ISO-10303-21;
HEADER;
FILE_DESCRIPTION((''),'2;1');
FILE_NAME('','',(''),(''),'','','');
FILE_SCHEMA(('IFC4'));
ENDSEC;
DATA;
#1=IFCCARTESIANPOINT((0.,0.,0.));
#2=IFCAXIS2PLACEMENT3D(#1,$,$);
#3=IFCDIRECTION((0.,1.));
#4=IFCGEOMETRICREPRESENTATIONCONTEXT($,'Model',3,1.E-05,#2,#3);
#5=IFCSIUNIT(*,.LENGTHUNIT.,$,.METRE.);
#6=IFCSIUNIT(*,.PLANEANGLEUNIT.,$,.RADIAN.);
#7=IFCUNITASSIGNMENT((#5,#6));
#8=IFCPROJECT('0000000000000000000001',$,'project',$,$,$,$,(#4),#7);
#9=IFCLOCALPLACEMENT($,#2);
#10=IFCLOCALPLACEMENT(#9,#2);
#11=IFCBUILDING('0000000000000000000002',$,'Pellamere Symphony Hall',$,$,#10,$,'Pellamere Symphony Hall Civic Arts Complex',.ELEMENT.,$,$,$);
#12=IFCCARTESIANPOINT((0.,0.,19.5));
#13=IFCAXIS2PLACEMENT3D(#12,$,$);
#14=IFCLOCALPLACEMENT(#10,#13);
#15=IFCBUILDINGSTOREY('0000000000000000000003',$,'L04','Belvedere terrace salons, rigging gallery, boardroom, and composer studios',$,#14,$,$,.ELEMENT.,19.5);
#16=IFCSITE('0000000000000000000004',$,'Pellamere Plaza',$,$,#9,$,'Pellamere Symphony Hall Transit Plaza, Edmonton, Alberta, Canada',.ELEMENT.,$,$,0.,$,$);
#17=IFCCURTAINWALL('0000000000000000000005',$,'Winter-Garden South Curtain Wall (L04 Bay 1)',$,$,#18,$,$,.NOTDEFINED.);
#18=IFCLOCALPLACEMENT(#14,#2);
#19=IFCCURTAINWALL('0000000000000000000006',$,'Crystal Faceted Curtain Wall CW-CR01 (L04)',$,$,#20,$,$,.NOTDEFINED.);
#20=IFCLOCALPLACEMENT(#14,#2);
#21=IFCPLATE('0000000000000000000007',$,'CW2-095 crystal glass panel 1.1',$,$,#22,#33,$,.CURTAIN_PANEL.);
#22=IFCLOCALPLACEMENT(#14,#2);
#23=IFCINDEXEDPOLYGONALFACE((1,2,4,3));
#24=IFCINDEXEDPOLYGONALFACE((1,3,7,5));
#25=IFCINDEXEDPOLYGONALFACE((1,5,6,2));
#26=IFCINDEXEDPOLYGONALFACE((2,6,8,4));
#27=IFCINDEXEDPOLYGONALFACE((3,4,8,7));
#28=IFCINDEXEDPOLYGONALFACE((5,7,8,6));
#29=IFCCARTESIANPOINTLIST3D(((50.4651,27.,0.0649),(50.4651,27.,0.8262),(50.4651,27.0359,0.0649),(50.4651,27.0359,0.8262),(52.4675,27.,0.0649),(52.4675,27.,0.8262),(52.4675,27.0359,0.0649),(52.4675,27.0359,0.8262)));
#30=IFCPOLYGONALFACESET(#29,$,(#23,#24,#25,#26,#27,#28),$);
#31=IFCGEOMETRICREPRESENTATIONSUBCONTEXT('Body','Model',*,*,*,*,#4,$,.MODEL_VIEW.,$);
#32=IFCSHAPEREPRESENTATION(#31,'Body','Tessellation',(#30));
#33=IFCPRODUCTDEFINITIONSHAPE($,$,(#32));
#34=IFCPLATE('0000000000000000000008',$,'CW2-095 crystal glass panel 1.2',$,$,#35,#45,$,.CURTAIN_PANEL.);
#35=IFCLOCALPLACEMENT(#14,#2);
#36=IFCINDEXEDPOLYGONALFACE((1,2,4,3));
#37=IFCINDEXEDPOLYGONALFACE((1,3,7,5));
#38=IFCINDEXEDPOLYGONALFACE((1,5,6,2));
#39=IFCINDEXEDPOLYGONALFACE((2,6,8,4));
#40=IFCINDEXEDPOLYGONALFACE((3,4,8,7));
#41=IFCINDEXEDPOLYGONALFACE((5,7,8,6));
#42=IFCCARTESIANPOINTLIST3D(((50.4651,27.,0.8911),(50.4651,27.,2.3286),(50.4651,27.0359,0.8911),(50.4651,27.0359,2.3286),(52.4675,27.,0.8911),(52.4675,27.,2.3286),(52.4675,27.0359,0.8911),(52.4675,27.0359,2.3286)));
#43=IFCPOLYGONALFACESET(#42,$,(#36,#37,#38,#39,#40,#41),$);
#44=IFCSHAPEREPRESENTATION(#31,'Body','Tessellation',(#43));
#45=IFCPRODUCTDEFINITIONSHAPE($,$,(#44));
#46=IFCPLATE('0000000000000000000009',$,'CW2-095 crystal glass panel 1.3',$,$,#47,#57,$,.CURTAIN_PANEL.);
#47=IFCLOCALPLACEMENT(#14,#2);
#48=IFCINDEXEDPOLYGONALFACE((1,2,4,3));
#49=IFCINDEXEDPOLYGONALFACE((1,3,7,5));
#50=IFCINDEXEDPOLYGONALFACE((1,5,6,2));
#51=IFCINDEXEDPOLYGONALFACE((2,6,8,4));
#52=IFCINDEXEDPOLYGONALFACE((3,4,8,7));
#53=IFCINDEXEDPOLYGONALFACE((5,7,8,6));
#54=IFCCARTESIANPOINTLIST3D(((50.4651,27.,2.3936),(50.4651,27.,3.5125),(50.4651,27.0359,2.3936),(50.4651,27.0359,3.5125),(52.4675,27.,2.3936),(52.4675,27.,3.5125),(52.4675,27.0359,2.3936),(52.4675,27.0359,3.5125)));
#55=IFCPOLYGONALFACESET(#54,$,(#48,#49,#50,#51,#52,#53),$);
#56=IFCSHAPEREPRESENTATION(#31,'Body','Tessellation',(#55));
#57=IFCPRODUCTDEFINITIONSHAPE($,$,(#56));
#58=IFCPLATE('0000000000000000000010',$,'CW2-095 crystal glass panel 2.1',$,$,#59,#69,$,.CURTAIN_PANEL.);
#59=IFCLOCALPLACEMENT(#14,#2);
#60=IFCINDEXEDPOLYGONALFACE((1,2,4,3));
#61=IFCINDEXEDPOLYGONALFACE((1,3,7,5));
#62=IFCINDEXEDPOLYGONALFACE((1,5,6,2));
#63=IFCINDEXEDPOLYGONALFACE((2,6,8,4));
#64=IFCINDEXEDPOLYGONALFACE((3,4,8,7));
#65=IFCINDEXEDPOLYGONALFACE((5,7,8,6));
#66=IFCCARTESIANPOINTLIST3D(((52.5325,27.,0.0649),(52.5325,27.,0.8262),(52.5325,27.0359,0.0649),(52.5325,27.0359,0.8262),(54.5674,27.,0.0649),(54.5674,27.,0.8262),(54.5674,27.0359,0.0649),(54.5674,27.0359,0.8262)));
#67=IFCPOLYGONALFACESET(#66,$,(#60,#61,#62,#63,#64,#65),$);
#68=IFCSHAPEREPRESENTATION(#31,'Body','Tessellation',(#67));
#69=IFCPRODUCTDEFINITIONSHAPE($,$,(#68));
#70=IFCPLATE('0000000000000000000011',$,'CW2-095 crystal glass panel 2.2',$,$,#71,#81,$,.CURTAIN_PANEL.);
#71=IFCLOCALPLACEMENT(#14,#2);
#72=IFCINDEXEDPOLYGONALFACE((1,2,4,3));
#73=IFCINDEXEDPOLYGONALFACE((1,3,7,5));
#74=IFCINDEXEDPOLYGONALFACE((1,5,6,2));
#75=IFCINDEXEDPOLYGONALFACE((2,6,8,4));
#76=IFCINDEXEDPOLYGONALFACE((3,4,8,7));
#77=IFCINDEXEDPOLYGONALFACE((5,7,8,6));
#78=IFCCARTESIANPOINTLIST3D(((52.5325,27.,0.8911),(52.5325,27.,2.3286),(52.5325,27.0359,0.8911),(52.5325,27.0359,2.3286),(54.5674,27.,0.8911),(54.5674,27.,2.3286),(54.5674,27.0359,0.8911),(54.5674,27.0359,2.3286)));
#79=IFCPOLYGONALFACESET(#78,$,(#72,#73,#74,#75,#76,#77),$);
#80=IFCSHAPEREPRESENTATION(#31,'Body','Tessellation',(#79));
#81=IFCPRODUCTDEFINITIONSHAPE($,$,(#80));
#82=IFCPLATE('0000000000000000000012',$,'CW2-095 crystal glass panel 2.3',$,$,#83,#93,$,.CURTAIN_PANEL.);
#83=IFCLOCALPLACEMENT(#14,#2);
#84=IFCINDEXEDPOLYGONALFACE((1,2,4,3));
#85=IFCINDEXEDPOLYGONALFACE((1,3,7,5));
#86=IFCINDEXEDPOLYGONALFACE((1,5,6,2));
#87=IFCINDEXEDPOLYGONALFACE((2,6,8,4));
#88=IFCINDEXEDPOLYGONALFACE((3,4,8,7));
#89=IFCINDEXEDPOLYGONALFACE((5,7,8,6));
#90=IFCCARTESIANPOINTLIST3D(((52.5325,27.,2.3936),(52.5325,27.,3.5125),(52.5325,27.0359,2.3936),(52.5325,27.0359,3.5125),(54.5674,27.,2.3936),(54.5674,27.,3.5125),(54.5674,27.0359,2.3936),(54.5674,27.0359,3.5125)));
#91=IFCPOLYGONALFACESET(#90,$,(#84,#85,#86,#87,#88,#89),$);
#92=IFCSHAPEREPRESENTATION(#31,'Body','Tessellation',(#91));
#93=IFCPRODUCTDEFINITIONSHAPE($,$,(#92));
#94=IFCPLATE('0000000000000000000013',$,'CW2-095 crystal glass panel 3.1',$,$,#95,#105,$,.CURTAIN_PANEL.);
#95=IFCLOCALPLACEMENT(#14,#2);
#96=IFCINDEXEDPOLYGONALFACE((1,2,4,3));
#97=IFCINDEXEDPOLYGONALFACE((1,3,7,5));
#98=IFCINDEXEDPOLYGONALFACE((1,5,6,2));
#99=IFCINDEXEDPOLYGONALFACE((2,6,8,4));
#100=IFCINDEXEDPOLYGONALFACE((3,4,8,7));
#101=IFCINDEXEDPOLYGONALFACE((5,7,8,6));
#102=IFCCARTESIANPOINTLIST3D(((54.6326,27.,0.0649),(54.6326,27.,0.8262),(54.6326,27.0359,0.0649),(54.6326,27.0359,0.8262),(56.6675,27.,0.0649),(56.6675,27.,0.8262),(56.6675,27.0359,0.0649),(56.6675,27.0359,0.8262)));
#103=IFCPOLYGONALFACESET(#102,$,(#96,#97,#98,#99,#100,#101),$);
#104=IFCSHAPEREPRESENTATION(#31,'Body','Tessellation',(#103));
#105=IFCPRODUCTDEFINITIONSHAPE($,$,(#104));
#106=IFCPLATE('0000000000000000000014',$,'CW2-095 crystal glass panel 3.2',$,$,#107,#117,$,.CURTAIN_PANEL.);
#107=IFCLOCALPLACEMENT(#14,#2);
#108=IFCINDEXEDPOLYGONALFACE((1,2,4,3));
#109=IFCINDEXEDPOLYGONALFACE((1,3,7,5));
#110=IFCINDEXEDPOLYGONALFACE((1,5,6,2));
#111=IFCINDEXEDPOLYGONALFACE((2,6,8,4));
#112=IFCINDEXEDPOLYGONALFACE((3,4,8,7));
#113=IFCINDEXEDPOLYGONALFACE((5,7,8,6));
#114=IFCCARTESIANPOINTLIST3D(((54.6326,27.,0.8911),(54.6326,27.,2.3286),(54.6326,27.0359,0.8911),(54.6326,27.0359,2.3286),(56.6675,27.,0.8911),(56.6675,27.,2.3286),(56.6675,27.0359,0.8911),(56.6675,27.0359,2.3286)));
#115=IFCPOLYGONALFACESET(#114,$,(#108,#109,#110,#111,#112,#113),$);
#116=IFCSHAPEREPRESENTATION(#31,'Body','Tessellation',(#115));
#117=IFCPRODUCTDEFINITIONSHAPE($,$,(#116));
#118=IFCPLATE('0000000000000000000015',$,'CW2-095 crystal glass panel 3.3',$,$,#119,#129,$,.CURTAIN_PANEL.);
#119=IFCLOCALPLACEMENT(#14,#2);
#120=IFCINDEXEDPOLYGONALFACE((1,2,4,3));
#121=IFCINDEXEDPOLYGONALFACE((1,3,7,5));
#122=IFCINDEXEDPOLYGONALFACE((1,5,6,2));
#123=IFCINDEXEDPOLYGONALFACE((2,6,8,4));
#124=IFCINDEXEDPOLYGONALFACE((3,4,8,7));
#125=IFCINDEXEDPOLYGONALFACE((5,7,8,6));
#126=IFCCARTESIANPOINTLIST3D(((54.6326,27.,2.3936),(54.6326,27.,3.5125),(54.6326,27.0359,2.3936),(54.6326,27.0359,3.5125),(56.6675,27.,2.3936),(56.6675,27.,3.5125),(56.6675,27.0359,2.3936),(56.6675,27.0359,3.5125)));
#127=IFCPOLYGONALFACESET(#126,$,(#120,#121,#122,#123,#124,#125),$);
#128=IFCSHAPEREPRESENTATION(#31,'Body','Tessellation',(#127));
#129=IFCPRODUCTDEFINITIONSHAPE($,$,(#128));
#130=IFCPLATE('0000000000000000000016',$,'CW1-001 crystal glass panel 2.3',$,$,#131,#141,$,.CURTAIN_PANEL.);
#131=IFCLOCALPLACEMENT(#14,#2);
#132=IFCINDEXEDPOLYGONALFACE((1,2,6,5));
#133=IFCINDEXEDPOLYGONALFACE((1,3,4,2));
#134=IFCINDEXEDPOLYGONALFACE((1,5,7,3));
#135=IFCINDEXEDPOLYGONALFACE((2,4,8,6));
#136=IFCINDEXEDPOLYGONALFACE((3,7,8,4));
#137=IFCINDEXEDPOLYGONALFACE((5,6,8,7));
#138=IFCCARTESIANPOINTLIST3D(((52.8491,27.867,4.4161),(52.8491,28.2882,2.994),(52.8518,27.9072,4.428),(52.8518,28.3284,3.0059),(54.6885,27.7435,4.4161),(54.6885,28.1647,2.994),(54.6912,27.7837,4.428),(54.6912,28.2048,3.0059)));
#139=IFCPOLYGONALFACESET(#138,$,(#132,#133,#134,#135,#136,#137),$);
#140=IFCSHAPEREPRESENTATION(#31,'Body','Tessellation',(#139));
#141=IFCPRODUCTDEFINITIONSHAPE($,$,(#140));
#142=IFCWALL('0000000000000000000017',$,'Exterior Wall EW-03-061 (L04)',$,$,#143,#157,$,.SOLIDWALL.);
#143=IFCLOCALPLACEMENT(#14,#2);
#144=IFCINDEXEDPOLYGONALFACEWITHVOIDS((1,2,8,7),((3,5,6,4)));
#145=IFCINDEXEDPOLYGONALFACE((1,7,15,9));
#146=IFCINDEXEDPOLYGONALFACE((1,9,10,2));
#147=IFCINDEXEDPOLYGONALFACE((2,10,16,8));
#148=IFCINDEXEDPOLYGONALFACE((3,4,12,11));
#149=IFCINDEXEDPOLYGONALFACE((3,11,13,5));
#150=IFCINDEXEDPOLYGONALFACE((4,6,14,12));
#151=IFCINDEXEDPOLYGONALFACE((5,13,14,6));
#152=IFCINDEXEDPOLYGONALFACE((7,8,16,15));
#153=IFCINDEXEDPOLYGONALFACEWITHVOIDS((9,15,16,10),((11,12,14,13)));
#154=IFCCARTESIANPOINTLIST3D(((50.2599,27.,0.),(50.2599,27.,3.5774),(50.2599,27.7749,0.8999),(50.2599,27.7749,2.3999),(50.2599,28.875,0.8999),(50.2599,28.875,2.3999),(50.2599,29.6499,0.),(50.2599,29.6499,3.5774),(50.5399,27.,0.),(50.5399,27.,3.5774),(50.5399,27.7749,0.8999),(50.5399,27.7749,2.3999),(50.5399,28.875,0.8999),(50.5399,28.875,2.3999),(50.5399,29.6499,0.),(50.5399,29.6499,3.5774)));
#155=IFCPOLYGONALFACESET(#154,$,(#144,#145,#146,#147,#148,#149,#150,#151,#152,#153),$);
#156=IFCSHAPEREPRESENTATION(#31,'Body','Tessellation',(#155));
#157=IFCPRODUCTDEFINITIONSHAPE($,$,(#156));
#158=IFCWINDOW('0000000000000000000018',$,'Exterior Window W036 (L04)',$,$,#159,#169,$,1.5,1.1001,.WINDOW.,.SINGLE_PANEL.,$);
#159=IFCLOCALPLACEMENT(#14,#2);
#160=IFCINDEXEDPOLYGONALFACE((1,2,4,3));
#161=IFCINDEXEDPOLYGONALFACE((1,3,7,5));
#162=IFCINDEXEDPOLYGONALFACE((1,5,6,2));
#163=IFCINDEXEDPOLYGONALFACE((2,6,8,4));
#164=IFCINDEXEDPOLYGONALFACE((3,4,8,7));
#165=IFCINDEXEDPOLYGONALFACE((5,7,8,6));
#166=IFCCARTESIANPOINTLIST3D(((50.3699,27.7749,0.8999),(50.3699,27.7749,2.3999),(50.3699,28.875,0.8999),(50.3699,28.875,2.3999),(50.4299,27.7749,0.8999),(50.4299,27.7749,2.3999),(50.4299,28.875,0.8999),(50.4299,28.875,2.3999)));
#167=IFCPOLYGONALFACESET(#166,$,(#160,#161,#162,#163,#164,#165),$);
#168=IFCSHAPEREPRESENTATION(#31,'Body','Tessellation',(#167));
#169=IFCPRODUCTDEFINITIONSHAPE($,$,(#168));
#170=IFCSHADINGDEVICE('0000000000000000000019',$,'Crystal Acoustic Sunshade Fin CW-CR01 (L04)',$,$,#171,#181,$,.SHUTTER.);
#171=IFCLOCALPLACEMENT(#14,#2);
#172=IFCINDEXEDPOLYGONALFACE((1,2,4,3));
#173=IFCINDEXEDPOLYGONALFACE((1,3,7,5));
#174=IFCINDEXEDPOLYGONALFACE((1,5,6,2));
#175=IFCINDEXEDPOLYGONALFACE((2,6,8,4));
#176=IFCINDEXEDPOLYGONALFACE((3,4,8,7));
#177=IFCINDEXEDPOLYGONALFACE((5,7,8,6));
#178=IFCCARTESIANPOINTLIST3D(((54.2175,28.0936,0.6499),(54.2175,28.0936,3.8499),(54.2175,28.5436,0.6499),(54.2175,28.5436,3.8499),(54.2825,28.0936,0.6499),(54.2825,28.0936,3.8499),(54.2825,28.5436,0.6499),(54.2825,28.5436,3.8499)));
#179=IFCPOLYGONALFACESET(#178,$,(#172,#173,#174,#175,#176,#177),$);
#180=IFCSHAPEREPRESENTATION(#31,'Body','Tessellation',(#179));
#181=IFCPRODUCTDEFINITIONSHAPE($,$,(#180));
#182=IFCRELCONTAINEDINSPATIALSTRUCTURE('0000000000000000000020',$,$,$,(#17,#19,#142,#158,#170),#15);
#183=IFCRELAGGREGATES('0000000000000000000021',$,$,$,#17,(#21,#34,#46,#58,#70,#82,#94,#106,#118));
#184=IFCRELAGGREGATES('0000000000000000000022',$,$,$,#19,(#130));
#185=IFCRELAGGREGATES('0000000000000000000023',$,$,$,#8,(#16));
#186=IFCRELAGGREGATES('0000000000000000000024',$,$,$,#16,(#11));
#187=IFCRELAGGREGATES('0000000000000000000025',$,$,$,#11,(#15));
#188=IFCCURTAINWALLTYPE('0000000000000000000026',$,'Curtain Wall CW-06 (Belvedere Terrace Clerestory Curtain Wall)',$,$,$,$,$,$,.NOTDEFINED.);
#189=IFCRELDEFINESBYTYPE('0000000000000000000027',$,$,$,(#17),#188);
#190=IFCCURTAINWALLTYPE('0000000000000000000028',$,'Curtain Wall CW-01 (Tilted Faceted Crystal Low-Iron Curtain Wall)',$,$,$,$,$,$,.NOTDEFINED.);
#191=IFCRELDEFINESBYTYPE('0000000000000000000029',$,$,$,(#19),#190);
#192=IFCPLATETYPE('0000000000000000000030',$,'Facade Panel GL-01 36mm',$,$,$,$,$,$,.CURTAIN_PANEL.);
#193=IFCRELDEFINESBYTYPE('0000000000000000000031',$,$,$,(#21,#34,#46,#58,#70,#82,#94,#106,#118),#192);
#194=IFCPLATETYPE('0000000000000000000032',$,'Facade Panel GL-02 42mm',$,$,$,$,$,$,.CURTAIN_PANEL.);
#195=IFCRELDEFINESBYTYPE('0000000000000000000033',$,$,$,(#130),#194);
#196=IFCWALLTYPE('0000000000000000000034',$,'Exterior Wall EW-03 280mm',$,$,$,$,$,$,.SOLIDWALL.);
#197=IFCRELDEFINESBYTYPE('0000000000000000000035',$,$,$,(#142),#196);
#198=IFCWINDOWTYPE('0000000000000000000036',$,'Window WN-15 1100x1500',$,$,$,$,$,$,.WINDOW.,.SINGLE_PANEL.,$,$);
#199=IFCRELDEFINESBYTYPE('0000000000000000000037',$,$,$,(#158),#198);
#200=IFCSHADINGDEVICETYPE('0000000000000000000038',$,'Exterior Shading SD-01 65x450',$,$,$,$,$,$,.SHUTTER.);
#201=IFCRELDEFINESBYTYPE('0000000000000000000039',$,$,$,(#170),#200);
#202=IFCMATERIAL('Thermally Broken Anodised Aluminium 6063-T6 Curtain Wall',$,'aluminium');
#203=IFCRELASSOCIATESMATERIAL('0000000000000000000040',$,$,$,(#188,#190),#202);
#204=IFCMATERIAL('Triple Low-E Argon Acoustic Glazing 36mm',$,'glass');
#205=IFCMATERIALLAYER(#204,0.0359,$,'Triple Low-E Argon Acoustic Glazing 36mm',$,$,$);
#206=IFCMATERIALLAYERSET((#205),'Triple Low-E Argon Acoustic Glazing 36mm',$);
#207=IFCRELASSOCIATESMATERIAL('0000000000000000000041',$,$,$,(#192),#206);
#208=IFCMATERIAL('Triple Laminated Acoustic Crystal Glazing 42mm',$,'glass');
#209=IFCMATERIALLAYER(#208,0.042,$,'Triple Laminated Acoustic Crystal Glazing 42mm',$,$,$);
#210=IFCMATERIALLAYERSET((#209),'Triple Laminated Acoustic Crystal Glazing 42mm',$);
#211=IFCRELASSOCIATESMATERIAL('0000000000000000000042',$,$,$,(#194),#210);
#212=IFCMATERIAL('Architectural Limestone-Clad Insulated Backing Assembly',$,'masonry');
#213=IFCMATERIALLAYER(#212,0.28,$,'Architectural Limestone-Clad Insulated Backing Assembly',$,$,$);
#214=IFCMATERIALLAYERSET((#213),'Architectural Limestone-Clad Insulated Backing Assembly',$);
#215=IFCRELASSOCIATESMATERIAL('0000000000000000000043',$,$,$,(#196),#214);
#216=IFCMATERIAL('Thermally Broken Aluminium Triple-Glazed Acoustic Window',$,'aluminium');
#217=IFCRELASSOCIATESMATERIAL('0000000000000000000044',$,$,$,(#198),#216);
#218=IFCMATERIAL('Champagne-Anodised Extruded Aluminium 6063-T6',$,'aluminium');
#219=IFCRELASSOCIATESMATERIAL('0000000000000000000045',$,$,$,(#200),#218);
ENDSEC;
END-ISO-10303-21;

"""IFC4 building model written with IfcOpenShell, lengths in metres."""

from ifc_helpers import new_model, si_unit, direction, frame, frame_2d, origin, origin_2d, place, context, subcontext, project, spatial, polyline, rectangle, outline, extrude, material, layer, layer_set, type_object, element, fill, aggregate, save


model = new_model("IFC4")

# Units and contexts
model_context = context("Model", 3, precision=1e-05, world=origin(), true_north=direction((0.0, 1.0)))
body_context = subcontext(model_context, "Body", "Model", "MODEL_VIEW")
ifc_project = project(units=[si_unit("LENGTHUNIT", "METRE"), si_unit("PLANEANGLEUNIT", "RADIAN")], contexts=[model_context])

# Site, building, storey
site_placement = place(None, origin())
site = spatial("IfcSite", under=ifc_project, at=site_placement, Name="Pellamere Plaza", LongName="Pellamere Symphony Hall Transit Plaza, Edmonton, Alberta, Canada", CompositionType="ELEMENT", RefElevation=0.0)
building_placement = place(site_placement, origin())
building = spatial("IfcBuilding", under=site, at=building_placement, Name="Pellamere Symphony Hall", LongName="Pellamere Symphony Hall Civic Arts Complex", CompositionType="ELEMENT")
storey_placement = place(building_placement, frame((0.0, 0.0, 19.5)))
storey = spatial("IfcBuildingStorey", under=building, at=storey_placement, Name="L04", Description="Belvedere terrace salons, rigging gallery, boardroom, and composer studios", CompositionType="ELEMENT", Elevation=19.5)

# Curtain walls
ifc_material_1 = material(Name="Thermally Broken Anodised Aluminium 6063-T6 Curtain Wall", Category="aluminium")
curtain_wall_type_1 = type_object("IfcCurtainWallType", Name="Curtain Wall CW-06 (Belvedere Terrace Clerestory Curtain Wall)", PredefinedType="NOTDEFINED", material=ifc_material_1)
curtain_wall_1_placement = place(storey_placement, origin())
curtain_wall_1 = element("IfcCurtainWall", 1, at=curtain_wall_1_placement, inside=storey, type_object=curtain_wall_type_1, Name="Winter-Garden South Curtain Wall (L04 Bay 1)", PredefinedType="NOTDEFINED")
curtain_wall_type_2 = type_object("IfcCurtainWallType", Name="Curtain Wall CW-01 (Tilted Faceted Crystal Low-Iron Curtain Wall)", PredefinedType="NOTDEFINED", material=ifc_material_1)
curtain_wall_2_placement = place(storey_placement, origin())
curtain_wall_2 = element("IfcCurtainWall", 2, at=curtain_wall_2_placement, inside=storey, type_object=curtain_wall_type_2, Name="Crystal Faceted Curtain Wall CW-CR01 (L04)", PredefinedType="NOTDEFINED")

# Plates
ifc_material_2 = material(Name="Triple Low-E Argon Acoustic Glazing 36mm", Category="glass")
ifc_layer_1 = layer(ifc_material_2, 0.0359, Name="Triple Low-E Argon Acoustic Glazing 36mm")
ifc_layer_set_1 = layer_set([ifc_layer_1], Name="Triple Low-E Argon Acoustic Glazing 36mm")
plate_type_1 = type_object("IfcPlateType", Name="Facade Panel GL-01 36mm", PredefinedType="CURTAIN_PANEL", material=ifc_layer_set_1)
plate_1_placement = place(storey_placement, frame((50.4651, 27.0, 0.0649), z_axis=(0.0, -1.0, 0.0), x_axis=(1.0, 0.0, 0.0)))
plate_1 = element("IfcPlate", 3, at=plate_1_placement, type_object=plate_type_1, Name="CW2-095 crystal glass panel 1.1", PredefinedType="CURTAIN_PANEL", context=body_context, shape_type="SweptSolid", body=[
    extrude(outline(polyline([(0.0, 0.0), (2.0024, 0.0), (2.0024, 0.7612), (0.0, 0.7612), (0.0, 0.0)])), origin(), (0.0, 0.0, -1.0), 0.0359),
])
plate_2_placement = place(storey_placement, frame((50.4651, 27.0, 0.8911), z_axis=(0.0, -1.0, 0.0), x_axis=(1.0, 0.0, 0.0)))
plate_2 = element("IfcPlate", 4, at=plate_2_placement, type_object=plate_type_1, Name="CW2-095 crystal glass panel 1.2", PredefinedType="CURTAIN_PANEL", context=body_context, shape_type="SweptSolid", body=[
    extrude(outline(polyline([(0.0, 0.0), (2.0024, 0.0), (2.0024, 1.4375), (0.0, 1.4375), (0.0, 0.0)])), origin(), (0.0, 0.0, -1.0), 0.0359),
])
plate_3_placement = place(storey_placement, frame((50.4651, 27.0, 2.3936), z_axis=(0.0, -1.0, 0.0), x_axis=(1.0, 0.0, 0.0)))
plate_3 = element("IfcPlate", 5, at=plate_3_placement, type_object=plate_type_1, Name="CW2-095 crystal glass panel 1.3", PredefinedType="CURTAIN_PANEL", context=body_context, shape_type="SweptSolid", body=[
    extrude(outline(polyline([(0.0, 0.0), (2.0024, 0.0), (2.0024, 1.1189), (0.0, 1.1189), (0.0, 0.0)])), origin(), (0.0, 0.0, -1.0), 0.0359),
])
plate_4_placement = place(storey_placement, frame((52.5325, 27.0, 0.0649), z_axis=(0.0, -1.0, 0.0), x_axis=(1.0, 0.0, 0.0)))
plate_4 = element("IfcPlate", 6, at=plate_4_placement, type_object=plate_type_1, Name="CW2-095 crystal glass panel 2.1", PredefinedType="CURTAIN_PANEL", context=body_context, shape_type="SweptSolid", body=[
    extrude(outline(polyline([(0.0, 0.0), (2.0349, 0.0), (2.0349, 0.7612), (0.0, 0.7612), (0.0, 0.0)])), origin(), (0.0, 0.0, -1.0), 0.0359),
])
plate_5_placement = place(storey_placement, frame((52.5325, 27.0, 0.8911), z_axis=(0.0, -1.0, 0.0), x_axis=(1.0, 0.0, 0.0)))
plate_5 = element("IfcPlate", 7, at=plate_5_placement, type_object=plate_type_1, Name="CW2-095 crystal glass panel 2.2", PredefinedType="CURTAIN_PANEL", context=body_context, shape_type="SweptSolid", body=[
    extrude(outline(polyline([(0.0, 0.0), (2.0349, 0.0), (2.0349, 1.4375), (0.0, 1.4375), (0.0, 0.0)])), origin(), (0.0, 0.0, -1.0), 0.0359),
])
plate_6_placement = place(storey_placement, frame((52.5325, 27.0, 2.3936), z_axis=(0.0, -1.0, 0.0), x_axis=(1.0, 0.0, 0.0)))
plate_6 = element("IfcPlate", 8, at=plate_6_placement, type_object=plate_type_1, Name="CW2-095 crystal glass panel 2.3", PredefinedType="CURTAIN_PANEL", context=body_context, shape_type="SweptSolid", body=[
    extrude(outline(polyline([(0.0, 0.0), (2.0349, 0.0), (2.0349, 1.1189), (0.0, 1.1189), (0.0, 0.0)])), origin(), (0.0, 0.0, -1.0), 0.0359),
])
plate_7_placement = place(storey_placement, frame((54.6326, 27.0, 0.0649), z_axis=(0.0, -1.0, 0.0), x_axis=(1.0, 0.0, 0.0)))
plate_7 = element("IfcPlate", 9, at=plate_7_placement, type_object=plate_type_1, Name="CW2-095 crystal glass panel 3.1", PredefinedType="CURTAIN_PANEL", context=body_context, shape_type="SweptSolid", body=[
    extrude(outline(polyline([(0.0, 0.0), (2.0349, 0.0), (2.0349, 0.7612), (0.0, 0.7612), (0.0, 0.0)])), origin(), (0.0, 0.0, -1.0), 0.0359),
])
plate_8_placement = place(storey_placement, frame((54.6326, 27.0, 0.8911), z_axis=(0.0, -1.0, 0.0), x_axis=(1.0, 0.0, 0.0)))
plate_8 = element("IfcPlate", 10, at=plate_8_placement, type_object=plate_type_1, Name="CW2-095 crystal glass panel 3.2", PredefinedType="CURTAIN_PANEL", context=body_context, shape_type="SweptSolid", body=[
    extrude(outline(polyline([(0.0, 0.0), (2.0349, 0.0), (2.0349, 1.4375), (0.0, 1.4375), (0.0, 0.0)])), origin(), (0.0, 0.0, -1.0), 0.0359),
])
plate_9_placement = place(storey_placement, frame((54.6326, 27.0, 2.3936), z_axis=(0.0, -1.0, 0.0), x_axis=(1.0, 0.0, 0.0)))
plate_9 = element("IfcPlate", 11, at=plate_9_placement, type_object=plate_type_1, Name="CW2-095 crystal glass panel 3.3", PredefinedType="CURTAIN_PANEL", context=body_context, shape_type="SweptSolid", body=[
    extrude(outline(polyline([(0.0, 0.0), (2.0349, 0.0), (2.0349, 1.1189), (0.0, 1.1189), (0.0, 0.0)])), origin(), (0.0, 0.0, -1.0), 0.0359),
])
aggregate(curtain_wall_1, [plate_1, plate_2, plate_3, plate_4, plate_5, plate_6, plate_7, plate_8, plate_9])
ifc_material_3 = material(Name="Triple Laminated Acoustic Crystal Glazing 42mm", Category="glass")
ifc_layer_2 = layer(ifc_material_3, 0.042, Name="Triple Laminated Acoustic Crystal Glazing 42mm")
ifc_layer_set_2 = layer_set([ifc_layer_2], Name="Triple Laminated Acoustic Crystal Glazing 42mm")
plate_type_2 = type_object("IfcPlateType", Name="Facade Panel GL-02 42mm", PredefinedType="CURTAIN_PANEL", material=ifc_layer_set_2)
plate_10_placement = place(storey_placement, frame((52.8518, 28.3284, 3.0059), z_axis=(0.064265, 0.956858, 0.283361), x_axis=(0.997752, -0.067011, 0.0)))
plate_10 = element("IfcPlate", 12, at=plate_10_placement, type_object=plate_type_2, Name="CW1-001 crystal glass panel 2.3", PredefinedType="CURTAIN_PANEL", context=body_context, shape_type="SweptSolid", body=[
    extrude(outline(polyline([(0.0, 0.0), (1.8435, 0.0), (1.8717, -1.4829), (0.0282, -1.4829), (0.0, 0.0)])), origin(), (0.0, 0.0, -1.0), 0.042),
])
aggregate(curtain_wall_2, [plate_10])

# Wall, opening, window
ifc_material_4 = material(Name="Architectural Limestone-Clad Insulated Backing Assembly", Category="masonry")
ifc_layer_3 = layer(ifc_material_4, 0.28, Name="Architectural Limestone-Clad Insulated Backing Assembly")
ifc_layer_set_3 = layer_set([ifc_layer_3], Name="Architectural Limestone-Clad Insulated Backing Assembly")
wall_type = type_object("IfcWallType", Name="Exterior Wall EW-03 280mm", PredefinedType="SOLIDWALL", material=ifc_layer_set_3)
wall_placement = place(storey_placement, frame((50.3999, 27.0, 0.0), z_axis=(0.0, 0.0, 1.0), x_axis=(0.0, 1.0, 0.0)))
wall = element("IfcWall", 13, at=wall_placement, inside=storey, type_object=wall_type, Name="Exterior Wall EW-03-061 (L04)", PredefinedType="SOLIDWALL", context=body_context, shape_type="SweptSolid", body=[
    extrude(rectangle(XDim=2.6499, YDim=0.28, at=frame_2d((1.325, 0.0))), origin(), (0.0, 0.0, 1.0), 3.5774),
])
opening_placement = place(wall_placement, frame((0.7749, 0.0, 0.8999)))
opening = element("IfcOpeningElement", 14, at=opening_placement, cuts=wall, PredefinedType="OPENING", context=body_context, shape_type="SweptSolid", body=[
    extrude(rectangle(XDim=1.1001, YDim=1.5, at=frame_2d((0.55, 0.75))), frame((0.0, 0.1499, 0.0), z_axis=(0.0, -1.0, 0.0), x_axis=(1.0, 0.0, 0.0)), (0.0, 0.0, 1.0), 0.3),
])
ifc_material_5 = material(Name="Thermally Broken Aluminium Triple-Glazed Acoustic Window", Category="aluminium")
window_type = type_object("IfcWindowType", Name="Window WN-15 1100x1500", PartitioningType="SINGLE_PANEL", PredefinedType="WINDOW", material=ifc_material_5)
window_placement = place(opening_placement, origin())
window = element("IfcWindow", 15, at=window_placement, inside=storey, type_object=window_type, Name="Exterior Window W036 (L04)", OverallHeight=1.5, OverallWidth=1.1001, PartitioningType="SINGLE_PANEL", PredefinedType="WINDOW", context=body_context, shape_type="SweptSolid", body=[
    extrude(rectangle(XDim=1.1001, YDim=1.5, at=frame_2d((0.55, 0.75))), frame((0.0, 0.03, 0.0), z_axis=(0.0, -1.0, 0.0), x_axis=(1.0, 0.0, 0.0)), (0.0, 0.0, 1.0), 0.0601),
])
fill(opening, window)

# Shading device
ifc_material_6 = material(Name="Champagne-Anodised Extruded Aluminium 6063-T6", Category="aluminium")
shading_device_type = type_object("IfcShadingDeviceType", Name="Exterior Shading SD-01 65x450", PredefinedType="SHUTTER", material=ifc_material_6)
shading_device_placement = place(storey_placement, frame((54.25, 28.3186, 0.6499), z_axis=(0.0, 0.0, 1.0), x_axis=(1.0, 0.0, 0.0)))
element("IfcShadingDevice", 16, at=shading_device_placement, inside=storey, type_object=shading_device_type, Name="Crystal Acoustic Sunshade Fin CW-CR01 (L04)", PredefinedType="SHUTTER", context=body_context, shape_type="SweptSolid", body=[
    extrude(rectangle(XDim=0.0649, YDim=0.45, at=origin_2d()), origin(), (0.0, 0.0, 1.0), 3.2),
])

save(model, "model.ifc")
